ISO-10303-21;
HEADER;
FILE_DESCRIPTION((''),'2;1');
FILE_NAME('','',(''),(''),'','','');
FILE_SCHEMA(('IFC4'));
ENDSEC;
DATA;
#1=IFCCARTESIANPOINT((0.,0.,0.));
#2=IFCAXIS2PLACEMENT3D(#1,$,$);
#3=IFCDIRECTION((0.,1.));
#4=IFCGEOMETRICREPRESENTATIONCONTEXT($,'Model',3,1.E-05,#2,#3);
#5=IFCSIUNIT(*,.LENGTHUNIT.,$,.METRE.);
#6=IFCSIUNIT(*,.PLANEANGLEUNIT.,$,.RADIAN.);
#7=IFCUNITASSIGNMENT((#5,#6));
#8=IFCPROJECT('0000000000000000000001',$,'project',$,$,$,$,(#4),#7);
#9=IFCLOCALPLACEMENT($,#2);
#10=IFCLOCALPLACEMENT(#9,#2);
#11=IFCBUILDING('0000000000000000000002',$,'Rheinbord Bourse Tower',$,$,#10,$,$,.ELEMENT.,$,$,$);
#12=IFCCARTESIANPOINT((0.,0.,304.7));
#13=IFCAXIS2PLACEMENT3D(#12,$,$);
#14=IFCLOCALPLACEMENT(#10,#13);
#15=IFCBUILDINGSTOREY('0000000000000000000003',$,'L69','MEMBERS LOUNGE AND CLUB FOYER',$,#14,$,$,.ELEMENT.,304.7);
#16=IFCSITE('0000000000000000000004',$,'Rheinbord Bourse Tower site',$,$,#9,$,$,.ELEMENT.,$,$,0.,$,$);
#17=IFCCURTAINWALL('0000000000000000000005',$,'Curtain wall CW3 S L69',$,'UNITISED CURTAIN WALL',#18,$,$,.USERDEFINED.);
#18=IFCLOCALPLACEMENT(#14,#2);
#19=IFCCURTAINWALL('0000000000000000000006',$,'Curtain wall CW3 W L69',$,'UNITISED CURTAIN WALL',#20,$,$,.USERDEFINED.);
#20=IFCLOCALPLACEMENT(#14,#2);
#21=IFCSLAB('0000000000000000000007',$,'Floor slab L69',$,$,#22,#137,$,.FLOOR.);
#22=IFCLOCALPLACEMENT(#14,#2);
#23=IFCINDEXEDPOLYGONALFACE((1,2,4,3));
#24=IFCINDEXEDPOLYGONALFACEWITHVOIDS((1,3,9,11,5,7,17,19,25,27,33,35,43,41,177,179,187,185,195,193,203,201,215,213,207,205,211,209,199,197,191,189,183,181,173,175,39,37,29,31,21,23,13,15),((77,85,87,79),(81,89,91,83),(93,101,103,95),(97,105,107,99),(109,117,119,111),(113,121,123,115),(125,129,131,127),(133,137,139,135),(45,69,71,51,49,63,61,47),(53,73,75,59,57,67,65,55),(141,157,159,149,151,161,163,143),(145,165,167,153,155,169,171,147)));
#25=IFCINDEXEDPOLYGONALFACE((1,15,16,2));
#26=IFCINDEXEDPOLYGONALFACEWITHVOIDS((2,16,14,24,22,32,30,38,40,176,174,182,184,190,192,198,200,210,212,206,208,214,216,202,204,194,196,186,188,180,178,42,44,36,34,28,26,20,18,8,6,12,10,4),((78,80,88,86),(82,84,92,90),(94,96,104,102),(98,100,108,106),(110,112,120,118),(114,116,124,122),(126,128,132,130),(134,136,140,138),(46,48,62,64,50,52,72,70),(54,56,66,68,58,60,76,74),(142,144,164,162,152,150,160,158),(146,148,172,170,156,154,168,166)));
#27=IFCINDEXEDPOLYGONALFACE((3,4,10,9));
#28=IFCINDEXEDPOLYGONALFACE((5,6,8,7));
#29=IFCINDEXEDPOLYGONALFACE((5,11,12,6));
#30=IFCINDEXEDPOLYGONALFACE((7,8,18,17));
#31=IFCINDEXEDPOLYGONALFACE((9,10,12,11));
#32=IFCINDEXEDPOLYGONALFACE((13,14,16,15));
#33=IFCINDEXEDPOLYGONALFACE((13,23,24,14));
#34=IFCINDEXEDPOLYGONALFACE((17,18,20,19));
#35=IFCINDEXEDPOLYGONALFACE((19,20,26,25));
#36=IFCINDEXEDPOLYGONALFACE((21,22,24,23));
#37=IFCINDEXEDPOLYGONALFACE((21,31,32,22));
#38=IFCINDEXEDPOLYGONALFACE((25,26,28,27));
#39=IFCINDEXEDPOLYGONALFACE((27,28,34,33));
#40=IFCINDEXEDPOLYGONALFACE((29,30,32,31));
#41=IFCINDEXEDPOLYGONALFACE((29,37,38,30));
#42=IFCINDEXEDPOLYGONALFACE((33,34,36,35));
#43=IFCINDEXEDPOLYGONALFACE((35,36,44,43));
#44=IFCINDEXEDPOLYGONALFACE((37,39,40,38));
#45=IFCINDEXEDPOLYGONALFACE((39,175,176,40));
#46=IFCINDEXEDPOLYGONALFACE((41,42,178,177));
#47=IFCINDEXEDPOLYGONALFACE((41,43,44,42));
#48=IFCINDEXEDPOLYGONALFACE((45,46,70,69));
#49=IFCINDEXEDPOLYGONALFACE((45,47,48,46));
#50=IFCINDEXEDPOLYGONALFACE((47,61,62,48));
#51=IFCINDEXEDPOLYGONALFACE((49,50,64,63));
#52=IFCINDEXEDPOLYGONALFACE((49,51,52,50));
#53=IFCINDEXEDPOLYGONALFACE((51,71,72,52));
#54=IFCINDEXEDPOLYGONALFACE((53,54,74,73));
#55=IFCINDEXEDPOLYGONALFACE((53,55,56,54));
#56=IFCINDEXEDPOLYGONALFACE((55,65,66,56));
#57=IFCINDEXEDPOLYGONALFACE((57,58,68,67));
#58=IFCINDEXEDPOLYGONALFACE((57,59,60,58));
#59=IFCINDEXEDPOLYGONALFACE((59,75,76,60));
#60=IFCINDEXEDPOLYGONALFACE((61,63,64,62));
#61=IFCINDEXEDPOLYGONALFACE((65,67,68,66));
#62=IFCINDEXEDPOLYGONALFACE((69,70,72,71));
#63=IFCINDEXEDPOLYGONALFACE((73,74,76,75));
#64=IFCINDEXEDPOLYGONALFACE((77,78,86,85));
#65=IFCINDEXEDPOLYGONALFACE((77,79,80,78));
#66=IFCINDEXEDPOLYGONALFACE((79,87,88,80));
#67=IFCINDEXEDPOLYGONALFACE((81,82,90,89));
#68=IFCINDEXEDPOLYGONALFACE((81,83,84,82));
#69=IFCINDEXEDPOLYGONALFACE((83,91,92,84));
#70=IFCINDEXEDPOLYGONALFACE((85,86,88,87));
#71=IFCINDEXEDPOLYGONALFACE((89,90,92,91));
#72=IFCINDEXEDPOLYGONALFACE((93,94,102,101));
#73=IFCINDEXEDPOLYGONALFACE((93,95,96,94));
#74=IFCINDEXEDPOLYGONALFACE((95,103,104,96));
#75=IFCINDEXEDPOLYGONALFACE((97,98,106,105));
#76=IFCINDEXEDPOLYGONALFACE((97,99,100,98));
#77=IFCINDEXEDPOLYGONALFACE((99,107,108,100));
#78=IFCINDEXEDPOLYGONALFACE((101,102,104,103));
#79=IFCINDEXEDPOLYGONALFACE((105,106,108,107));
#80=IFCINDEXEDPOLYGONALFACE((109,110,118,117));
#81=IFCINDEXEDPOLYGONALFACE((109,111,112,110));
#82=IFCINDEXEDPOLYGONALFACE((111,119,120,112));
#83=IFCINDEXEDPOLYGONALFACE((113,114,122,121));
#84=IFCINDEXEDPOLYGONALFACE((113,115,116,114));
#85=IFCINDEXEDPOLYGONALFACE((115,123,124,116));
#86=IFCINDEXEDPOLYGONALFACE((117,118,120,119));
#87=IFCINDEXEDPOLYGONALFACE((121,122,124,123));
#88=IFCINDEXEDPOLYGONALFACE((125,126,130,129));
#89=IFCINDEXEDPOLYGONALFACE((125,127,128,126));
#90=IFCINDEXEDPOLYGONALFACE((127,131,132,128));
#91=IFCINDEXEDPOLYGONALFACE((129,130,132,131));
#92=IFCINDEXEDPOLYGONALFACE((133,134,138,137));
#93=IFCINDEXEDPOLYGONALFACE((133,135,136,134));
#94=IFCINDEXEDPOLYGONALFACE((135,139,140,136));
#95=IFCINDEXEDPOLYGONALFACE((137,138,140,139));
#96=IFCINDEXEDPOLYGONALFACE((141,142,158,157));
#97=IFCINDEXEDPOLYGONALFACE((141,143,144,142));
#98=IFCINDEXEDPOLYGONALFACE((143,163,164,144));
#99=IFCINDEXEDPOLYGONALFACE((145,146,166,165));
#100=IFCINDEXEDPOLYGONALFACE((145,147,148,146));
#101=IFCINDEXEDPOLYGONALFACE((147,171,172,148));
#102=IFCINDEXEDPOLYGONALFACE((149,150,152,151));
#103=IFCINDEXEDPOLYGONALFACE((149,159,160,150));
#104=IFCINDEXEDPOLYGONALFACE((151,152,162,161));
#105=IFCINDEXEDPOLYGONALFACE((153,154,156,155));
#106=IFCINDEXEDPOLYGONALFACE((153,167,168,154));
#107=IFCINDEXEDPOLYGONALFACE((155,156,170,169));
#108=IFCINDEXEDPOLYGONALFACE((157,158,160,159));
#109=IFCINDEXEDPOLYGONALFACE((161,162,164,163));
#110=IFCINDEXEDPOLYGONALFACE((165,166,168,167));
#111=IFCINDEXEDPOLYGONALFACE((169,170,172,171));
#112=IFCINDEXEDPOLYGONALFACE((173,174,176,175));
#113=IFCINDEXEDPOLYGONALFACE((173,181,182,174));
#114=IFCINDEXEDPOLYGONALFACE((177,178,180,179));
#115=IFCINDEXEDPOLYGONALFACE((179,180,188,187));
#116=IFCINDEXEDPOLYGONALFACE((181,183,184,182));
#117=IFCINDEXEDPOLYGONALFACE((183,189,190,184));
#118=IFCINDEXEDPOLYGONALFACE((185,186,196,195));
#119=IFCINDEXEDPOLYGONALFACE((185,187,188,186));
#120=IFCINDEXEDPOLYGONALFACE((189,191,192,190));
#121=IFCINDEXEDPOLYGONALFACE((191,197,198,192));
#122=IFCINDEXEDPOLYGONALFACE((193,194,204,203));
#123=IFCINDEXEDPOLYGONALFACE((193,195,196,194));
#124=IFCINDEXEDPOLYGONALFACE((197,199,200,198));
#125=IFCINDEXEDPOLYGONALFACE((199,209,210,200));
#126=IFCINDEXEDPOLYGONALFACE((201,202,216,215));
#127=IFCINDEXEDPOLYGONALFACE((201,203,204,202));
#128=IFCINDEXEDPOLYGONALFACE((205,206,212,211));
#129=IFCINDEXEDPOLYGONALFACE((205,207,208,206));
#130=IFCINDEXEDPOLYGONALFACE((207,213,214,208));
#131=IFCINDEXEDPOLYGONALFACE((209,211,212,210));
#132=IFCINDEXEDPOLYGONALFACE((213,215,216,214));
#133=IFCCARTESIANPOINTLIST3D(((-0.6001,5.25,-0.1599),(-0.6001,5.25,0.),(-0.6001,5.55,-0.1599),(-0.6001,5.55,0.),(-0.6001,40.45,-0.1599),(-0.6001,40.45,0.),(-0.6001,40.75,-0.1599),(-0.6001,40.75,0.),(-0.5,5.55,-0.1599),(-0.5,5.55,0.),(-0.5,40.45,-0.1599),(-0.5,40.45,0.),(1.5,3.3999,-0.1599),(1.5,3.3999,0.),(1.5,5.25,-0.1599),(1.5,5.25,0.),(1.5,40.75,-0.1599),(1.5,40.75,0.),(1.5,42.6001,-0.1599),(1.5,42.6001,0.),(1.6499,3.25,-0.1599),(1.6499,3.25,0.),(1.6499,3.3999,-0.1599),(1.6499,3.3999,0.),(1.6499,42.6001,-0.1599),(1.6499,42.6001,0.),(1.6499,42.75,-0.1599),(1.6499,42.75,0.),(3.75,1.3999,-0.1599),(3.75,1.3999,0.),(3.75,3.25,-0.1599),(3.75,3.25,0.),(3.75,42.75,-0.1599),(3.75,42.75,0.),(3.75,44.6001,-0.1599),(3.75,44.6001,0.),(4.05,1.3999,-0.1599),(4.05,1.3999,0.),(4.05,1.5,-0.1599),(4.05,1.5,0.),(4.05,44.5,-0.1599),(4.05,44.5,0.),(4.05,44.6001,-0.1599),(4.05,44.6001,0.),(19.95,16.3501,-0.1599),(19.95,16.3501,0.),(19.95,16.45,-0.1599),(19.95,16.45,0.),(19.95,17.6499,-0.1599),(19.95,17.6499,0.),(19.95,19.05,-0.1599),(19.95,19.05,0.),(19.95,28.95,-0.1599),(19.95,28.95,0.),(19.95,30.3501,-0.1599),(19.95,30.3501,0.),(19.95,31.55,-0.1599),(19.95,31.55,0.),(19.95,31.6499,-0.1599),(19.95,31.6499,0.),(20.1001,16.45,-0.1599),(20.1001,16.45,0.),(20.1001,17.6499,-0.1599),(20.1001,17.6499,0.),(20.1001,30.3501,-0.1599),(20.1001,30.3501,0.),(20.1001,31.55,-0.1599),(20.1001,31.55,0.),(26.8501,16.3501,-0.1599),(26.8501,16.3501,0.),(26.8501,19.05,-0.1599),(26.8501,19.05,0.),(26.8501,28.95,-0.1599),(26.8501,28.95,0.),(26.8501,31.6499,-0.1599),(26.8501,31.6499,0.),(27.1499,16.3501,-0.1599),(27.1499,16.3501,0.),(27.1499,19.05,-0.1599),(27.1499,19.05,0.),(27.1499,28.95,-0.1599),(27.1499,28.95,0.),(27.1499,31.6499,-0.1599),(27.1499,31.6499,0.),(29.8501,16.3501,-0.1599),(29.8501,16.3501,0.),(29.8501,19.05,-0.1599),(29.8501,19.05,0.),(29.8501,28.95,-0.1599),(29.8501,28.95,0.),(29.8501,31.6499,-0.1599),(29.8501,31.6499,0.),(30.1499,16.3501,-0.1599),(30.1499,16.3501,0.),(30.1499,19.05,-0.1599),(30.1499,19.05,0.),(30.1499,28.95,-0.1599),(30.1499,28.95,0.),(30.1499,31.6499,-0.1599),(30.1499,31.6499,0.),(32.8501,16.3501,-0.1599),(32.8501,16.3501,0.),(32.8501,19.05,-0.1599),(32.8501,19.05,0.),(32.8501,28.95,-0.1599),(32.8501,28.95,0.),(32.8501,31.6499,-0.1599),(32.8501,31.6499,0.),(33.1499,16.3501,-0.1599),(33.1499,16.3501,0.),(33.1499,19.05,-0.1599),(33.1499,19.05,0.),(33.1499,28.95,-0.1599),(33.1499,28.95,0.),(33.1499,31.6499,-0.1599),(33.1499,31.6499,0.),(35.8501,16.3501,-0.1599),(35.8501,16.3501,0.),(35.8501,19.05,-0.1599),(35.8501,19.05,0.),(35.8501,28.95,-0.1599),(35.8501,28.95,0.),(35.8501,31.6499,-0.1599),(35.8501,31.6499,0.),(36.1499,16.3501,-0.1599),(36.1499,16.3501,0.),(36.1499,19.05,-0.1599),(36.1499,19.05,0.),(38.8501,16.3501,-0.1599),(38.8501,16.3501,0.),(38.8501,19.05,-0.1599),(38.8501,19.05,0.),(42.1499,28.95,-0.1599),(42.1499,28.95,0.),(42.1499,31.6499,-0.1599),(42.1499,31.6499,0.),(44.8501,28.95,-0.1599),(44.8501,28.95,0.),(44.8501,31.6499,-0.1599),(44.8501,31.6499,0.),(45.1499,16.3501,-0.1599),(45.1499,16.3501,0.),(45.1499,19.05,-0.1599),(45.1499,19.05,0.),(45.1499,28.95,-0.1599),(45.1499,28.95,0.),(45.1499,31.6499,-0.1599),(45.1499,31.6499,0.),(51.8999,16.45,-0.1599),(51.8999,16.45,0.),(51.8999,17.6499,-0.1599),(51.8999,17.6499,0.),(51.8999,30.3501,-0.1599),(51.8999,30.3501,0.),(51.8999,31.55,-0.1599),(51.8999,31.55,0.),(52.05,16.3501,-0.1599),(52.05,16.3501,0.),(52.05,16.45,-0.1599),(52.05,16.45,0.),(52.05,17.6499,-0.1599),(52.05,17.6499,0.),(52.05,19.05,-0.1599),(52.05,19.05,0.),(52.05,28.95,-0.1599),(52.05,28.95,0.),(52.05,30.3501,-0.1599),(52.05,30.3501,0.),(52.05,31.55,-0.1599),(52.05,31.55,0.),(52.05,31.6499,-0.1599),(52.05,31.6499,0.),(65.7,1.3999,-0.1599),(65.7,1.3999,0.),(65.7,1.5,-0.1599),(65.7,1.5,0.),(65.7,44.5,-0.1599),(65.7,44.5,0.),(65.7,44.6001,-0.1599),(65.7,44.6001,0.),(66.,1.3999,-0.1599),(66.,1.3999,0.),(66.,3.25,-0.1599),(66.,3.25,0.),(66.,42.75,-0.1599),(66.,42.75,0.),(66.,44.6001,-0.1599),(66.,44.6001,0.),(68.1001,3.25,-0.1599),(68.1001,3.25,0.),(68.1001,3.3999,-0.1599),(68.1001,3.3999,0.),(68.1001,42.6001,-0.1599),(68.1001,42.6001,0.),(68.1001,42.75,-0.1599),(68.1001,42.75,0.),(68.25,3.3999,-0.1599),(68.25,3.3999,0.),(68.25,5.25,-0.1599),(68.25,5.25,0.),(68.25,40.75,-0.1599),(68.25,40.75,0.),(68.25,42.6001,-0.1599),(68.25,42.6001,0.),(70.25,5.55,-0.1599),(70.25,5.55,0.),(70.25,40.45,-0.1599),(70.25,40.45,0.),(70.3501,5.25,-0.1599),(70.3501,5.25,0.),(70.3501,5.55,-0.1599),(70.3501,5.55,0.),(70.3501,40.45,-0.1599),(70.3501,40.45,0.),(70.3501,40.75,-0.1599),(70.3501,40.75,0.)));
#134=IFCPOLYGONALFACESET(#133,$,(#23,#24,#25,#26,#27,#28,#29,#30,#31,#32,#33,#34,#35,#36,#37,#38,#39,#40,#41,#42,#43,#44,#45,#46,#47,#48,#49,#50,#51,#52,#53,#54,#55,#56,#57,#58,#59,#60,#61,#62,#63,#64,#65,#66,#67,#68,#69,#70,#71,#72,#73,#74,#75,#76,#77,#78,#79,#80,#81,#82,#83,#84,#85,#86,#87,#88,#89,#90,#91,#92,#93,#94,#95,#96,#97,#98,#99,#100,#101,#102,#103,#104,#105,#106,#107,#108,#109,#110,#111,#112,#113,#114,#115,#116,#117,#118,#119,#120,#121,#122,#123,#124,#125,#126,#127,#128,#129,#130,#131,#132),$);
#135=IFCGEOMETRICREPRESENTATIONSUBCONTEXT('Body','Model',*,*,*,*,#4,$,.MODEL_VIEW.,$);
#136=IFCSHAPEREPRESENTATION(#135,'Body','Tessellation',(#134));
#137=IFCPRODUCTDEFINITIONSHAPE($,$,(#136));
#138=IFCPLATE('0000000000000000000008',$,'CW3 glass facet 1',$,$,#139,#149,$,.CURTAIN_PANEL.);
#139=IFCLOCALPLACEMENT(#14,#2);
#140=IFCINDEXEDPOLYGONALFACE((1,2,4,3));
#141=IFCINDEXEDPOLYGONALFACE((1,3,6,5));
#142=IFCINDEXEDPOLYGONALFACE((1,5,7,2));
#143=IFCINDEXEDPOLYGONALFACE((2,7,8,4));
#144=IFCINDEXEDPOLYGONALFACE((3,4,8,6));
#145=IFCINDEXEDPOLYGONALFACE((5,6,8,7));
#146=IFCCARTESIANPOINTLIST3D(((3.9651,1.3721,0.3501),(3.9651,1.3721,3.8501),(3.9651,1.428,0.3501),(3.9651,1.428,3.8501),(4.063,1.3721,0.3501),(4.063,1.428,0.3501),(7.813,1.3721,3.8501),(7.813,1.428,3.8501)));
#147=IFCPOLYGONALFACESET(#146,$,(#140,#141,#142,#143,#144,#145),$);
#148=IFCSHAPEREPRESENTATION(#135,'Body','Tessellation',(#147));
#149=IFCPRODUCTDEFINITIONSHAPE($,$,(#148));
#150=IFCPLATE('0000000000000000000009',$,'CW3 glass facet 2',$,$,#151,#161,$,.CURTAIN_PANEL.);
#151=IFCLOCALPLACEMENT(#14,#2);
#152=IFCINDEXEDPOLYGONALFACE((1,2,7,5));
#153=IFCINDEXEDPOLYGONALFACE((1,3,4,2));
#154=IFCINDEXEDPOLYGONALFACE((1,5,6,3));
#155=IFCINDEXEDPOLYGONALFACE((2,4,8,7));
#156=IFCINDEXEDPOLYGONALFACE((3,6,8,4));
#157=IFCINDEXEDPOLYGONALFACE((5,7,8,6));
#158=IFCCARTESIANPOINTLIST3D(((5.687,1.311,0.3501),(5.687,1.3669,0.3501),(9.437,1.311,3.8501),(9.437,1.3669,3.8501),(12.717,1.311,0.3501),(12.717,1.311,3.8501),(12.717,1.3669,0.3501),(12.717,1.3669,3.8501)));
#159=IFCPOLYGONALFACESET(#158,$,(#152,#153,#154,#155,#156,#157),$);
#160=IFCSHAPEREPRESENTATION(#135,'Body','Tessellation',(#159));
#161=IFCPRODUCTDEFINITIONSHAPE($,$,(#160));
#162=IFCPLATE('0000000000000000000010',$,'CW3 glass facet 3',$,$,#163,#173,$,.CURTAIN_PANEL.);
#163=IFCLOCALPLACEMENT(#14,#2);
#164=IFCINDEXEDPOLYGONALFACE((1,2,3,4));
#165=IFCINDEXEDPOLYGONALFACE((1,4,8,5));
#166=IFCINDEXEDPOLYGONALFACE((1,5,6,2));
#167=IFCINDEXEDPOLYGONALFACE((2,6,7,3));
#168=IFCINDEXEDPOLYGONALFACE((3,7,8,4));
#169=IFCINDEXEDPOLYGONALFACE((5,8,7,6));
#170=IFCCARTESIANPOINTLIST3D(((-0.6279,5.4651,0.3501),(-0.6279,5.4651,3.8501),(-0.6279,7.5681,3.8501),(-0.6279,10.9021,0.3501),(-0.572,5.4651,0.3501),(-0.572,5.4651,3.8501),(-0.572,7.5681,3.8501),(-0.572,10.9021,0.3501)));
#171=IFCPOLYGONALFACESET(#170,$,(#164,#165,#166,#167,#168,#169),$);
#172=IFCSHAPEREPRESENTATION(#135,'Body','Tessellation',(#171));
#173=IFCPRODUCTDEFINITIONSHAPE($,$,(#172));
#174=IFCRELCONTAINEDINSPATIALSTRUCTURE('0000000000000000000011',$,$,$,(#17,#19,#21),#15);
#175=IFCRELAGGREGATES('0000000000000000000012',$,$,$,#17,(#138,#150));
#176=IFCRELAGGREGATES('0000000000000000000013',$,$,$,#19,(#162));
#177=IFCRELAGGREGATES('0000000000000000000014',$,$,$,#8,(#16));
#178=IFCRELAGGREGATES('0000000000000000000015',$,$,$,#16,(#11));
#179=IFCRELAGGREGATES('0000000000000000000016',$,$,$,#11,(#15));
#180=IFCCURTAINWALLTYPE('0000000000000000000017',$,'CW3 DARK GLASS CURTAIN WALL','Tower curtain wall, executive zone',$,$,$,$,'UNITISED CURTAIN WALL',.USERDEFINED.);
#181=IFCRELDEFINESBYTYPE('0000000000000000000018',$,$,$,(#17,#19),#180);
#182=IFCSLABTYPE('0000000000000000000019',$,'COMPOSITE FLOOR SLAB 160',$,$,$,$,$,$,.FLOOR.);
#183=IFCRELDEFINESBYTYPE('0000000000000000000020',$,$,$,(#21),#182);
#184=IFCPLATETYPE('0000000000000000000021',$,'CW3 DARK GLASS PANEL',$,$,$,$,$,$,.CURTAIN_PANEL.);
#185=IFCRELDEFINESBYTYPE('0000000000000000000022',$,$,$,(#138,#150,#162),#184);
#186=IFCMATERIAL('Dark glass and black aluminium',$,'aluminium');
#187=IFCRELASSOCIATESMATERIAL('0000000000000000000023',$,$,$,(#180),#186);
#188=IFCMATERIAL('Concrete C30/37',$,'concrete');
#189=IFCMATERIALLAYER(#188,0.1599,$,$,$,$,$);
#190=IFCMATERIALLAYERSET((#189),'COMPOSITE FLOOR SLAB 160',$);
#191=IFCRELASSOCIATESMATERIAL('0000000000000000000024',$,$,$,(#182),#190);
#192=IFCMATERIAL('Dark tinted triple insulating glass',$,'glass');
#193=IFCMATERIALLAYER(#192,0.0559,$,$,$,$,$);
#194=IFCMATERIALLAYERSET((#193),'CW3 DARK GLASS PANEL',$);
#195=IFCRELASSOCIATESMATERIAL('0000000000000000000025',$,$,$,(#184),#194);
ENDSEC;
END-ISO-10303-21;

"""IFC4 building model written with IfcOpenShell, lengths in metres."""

from ifc_helpers import new_model, si_unit, direction, frame, origin, place, context, subcontext, project, spatial, polyline, outline, extrude, material, layer, layer_set, type_object, element, aggregate, save


model = new_model("IFC4")

# Units and contexts
model_context = context("Model", 3, precision=1e-05, world=origin(), true_north=direction((0.0, 1.0)))
body_context = subcontext(model_context, "Body", "Model", "MODEL_VIEW")
ifc_project = project(units=[si_unit("LENGTHUNIT", "METRE"), si_unit("PLANEANGLEUNIT", "RADIAN")], contexts=[model_context])

# Site, building, storey
site_placement = place(None, origin())
site = spatial("IfcSite", under=ifc_project, at=site_placement, Name="Rheinbord Bourse Tower site", CompositionType="ELEMENT", RefElevation=0.0)
building_placement = place(site_placement, origin())
building = spatial("IfcBuilding", under=site, at=building_placement, Name="Rheinbord Bourse Tower", CompositionType="ELEMENT")
storey_placement = place(building_placement, frame((0.0, 0.0, 304.7)))
storey = spatial("IfcBuildingStorey", under=building, at=storey_placement, Name="L69", Description="MEMBERS LOUNGE AND CLUB FOYER", CompositionType="ELEMENT", Elevation=304.7)

# Curtain wall
ifc_material_1 = material(Name="Dark glass and black aluminium", Category="aluminium")
curtain_wall_type = type_object("IfcCurtainWallType", Name="CW3 DARK GLASS CURTAIN WALL", Description="Tower curtain wall, executive zone", ElementType="UNITISED CURTAIN WALL", PredefinedType="USERDEFINED", material=ifc_material_1)
curtain_wall_1_placement = place(storey_placement, origin())
curtain_wall_1 = element("IfcCurtainWall", 1, at=curtain_wall_1_placement, inside=storey, type_object=curtain_wall_type, Name="Curtain wall CW3 S L69", ObjectType="UNITISED CURTAIN WALL", PredefinedType="USERDEFINED")

# Curtain wall
curtain_wall_2_placement = place(storey_placement, origin())
curtain_wall_2 = element("IfcCurtainWall", 2, at=curtain_wall_2_placement, inside=storey, type_object=curtain_wall_type, Name="Curtain wall CW3 W L69", ObjectType="UNITISED CURTAIN WALL", PredefinedType="USERDEFINED")

# Slab
ifc_material_2 = material(Name="Concrete C30/37", Category="concrete")
ifc_layer_1 = layer(ifc_material_2, 0.1599)
ifc_layer_set_1 = layer_set([ifc_layer_1], Name="COMPOSITE FLOOR SLAB 160")
slab_type_1 = type_object("IfcSlabType", Name="COMPOSITE FLOOR SLAB 160", PredefinedType="FLOOR", material=ifc_layer_set_1)
slab_1_placement = place(storey_placement, frame((0.0, 0.0, -0.1599)))
element("IfcSlab", 3, at=slab_1_placement, inside=storey, type_object=slab_type_1, Name="Floor slab L69", PredefinedType="FLOOR", context=body_context, shape_type="SweptSolid", body=[
    extrude(outline(polyline([(1.6499, 3.3999), (1.5, 3.3999), (1.5, 5.25), (-0.6001, 5.25), (-0.6001, 5.55), (-0.5, 5.55), (-0.5, 40.45), (-0.6001, 40.45), (-0.6001, 40.75), (1.5, 40.75), (1.5, 42.6001), (1.6499, 42.6001), (1.6499, 42.75), (3.75, 42.75), (3.75, 44.6001), (4.05, 44.6001), (4.05, 44.5), (65.7, 44.5), (65.7, 44.6001), (66.0, 44.6001), (66.0, 42.75), (68.1001, 42.75), (68.1001, 42.6001), (68.25, 42.6001), (68.25, 40.75), (70.3501, 40.75), (70.3501, 40.45), (70.25, 40.45), (70.25, 5.55), (70.3501, 5.55), (70.3501, 5.25), (68.25, 5.25), (68.25, 3.3999), (68.1001, 3.3999), (68.1001, 3.25), (66.0, 3.25), (66.0, 1.3999), (65.7, 1.3999), (65.7, 1.5), (4.05, 1.5), (4.05, 1.3999), (3.75, 1.3999), (3.75, 3.25), (1.6499, 3.25), (1.6499, 3.3999)]), holes=[polyline([(19.95, 19.05), (26.8501, 19.05), (26.8501, 16.3501), (19.95, 16.3501), (19.95, 16.45), (20.1001, 16.45), (20.1001, 17.6499), (19.95, 17.6499), (19.95, 19.05)]), polyline([(19.95, 31.6499), (26.8501, 31.6499), (26.8501, 28.95), (19.95, 28.95), (19.95, 30.3501), (20.1001, 30.3501), (20.1001, 31.55), (19.95, 31.55), (19.95, 31.6499)]), polyline([(52.05, 16.3501), (45.1499, 16.3501), (45.1499, 19.05), (52.05, 19.05), (52.05, 17.6499), (51.8999, 17.6499), (51.8999, 16.45), (52.05, 16.45), (52.05, 16.3501)]), polyline([(52.05, 28.95), (45.1499, 28.95), (45.1499, 31.6499), (52.05, 31.6499), (52.05, 31.55), (51.8999, 31.55), (51.8999, 30.3501), (52.05, 30.3501), (52.05, 28.95)]), polyline([(27.1499, 16.3501), (27.1499, 19.05), (29.8501, 19.05), (29.8501, 16.3501), (27.1499, 16.3501)]), polyline([(27.1499, 28.95), (27.1499, 31.6499), (29.8501, 31.6499), (29.8501, 28.95), (27.1499, 28.95)]), polyline([(30.1499, 16.3501), (30.1499, 19.05), (32.8501, 19.05), (32.8501, 16.3501), (30.1499, 16.3501)]), polyline([(30.1499, 28.95), (30.1499, 31.6499), (32.8501, 31.6499), (32.8501, 28.95), (30.1499, 28.95)]), polyline([(33.1499, 16.3501), (33.1499, 19.05), (35.8501, 19.05), (35.8501, 16.3501), (33.1499, 16.3501)]), polyline([(33.1499, 28.95), (33.1499, 31.6499), (35.8501, 31.6499), (35.8501, 28.95), (33.1499, 28.95)]), polyline([(36.1499, 16.3501), (36.1499, 19.05), (38.8501, 19.05), (38.8501, 16.3501), (36.1499, 16.3501)]), polyline([(42.1499, 28.95), (42.1499, 31.6499), (44.8501, 31.6499), (44.8501, 28.95), (42.1499, 28.95)])]), origin(), (0.0, 0.0, 1.0), 0.1599),
])

# Plates
ifc_material_3 = material(Name="Dark tinted triple insulating glass", Category="glass")
ifc_layer_2 = layer(ifc_material_3, 0.0559)
ifc_layer_set_2 = layer_set([ifc_layer_2], Name="CW3 DARK GLASS PANEL")
plate_type = type_object("IfcPlateType", Name="CW3 DARK GLASS PANEL", PredefinedType="CURTAIN_PANEL", material=ifc_layer_set_2)
plate_1_placement = place(storey_placement, frame((3.9651, 1.3721, 0.3501), z_axis=(0.0, 1.0, 0.0), x_axis=(0.0, 0.0, 1.0)))
plate_1 = element("IfcPlate", 4, at=plate_1_placement, type_object=plate_type, Name="CW3 glass facet 1", PredefinedType="CURTAIN_PANEL", context=body_context, shape_type="SweptSolid", body=[
    extrude(outline(polyline([(0.0, 0.0), (3.5, 0.0), (3.5, 3.8479), (0.0, 0.0979), (0.0, 0.0)])), origin(), (0.0, 0.0, 1.0), 0.0559),
])
plate_2_placement = place(storey_placement, frame((12.717, 1.311, 3.8501), z_axis=(0.0, 1.0, 0.0), x_axis=(0.0, 0.0, -1.0)))
plate_2 = element("IfcPlate", 5, at=plate_2_placement, type_object=plate_type, Name="CW3 glass facet 2", PredefinedType="CURTAIN_PANEL", context=body_context, shape_type="SweptSolid", body=[
    extrude(outline(polyline([(0.0, 0.0), (3.5, 0.0), (3.5, 7.03), (0.0, 3.28), (0.0, 0.0)])), origin(), (0.0, 0.0, 1.0), 0.0559),
])
aggregate(curtain_wall_1, [plate_1, plate_2])
plate_3_placement = place(storey_placement, frame((-0.6279, 5.4651, 3.8501), z_axis=(1.0, 0.0, 0.0), x_axis=(0.0, 0.0, -1.0)))
plate_3 = element("IfcPlate", 6, at=plate_3_placement, type_object=plate_type, Name="CW3 glass facet 3", PredefinedType="CURTAIN_PANEL", context=body_context, shape_type="SweptSolid", body=[
    extrude(outline(polyline([(0.0, 0.0), (3.5, 0.0), (3.5, 5.437), (0.0, 2.103), (0.0, 0.0)])), origin(), (0.0, 0.0, 1.0), 0.0559),
])
aggregate(curtain_wall_2, [plate_3])

save(model, "model.ifc")
